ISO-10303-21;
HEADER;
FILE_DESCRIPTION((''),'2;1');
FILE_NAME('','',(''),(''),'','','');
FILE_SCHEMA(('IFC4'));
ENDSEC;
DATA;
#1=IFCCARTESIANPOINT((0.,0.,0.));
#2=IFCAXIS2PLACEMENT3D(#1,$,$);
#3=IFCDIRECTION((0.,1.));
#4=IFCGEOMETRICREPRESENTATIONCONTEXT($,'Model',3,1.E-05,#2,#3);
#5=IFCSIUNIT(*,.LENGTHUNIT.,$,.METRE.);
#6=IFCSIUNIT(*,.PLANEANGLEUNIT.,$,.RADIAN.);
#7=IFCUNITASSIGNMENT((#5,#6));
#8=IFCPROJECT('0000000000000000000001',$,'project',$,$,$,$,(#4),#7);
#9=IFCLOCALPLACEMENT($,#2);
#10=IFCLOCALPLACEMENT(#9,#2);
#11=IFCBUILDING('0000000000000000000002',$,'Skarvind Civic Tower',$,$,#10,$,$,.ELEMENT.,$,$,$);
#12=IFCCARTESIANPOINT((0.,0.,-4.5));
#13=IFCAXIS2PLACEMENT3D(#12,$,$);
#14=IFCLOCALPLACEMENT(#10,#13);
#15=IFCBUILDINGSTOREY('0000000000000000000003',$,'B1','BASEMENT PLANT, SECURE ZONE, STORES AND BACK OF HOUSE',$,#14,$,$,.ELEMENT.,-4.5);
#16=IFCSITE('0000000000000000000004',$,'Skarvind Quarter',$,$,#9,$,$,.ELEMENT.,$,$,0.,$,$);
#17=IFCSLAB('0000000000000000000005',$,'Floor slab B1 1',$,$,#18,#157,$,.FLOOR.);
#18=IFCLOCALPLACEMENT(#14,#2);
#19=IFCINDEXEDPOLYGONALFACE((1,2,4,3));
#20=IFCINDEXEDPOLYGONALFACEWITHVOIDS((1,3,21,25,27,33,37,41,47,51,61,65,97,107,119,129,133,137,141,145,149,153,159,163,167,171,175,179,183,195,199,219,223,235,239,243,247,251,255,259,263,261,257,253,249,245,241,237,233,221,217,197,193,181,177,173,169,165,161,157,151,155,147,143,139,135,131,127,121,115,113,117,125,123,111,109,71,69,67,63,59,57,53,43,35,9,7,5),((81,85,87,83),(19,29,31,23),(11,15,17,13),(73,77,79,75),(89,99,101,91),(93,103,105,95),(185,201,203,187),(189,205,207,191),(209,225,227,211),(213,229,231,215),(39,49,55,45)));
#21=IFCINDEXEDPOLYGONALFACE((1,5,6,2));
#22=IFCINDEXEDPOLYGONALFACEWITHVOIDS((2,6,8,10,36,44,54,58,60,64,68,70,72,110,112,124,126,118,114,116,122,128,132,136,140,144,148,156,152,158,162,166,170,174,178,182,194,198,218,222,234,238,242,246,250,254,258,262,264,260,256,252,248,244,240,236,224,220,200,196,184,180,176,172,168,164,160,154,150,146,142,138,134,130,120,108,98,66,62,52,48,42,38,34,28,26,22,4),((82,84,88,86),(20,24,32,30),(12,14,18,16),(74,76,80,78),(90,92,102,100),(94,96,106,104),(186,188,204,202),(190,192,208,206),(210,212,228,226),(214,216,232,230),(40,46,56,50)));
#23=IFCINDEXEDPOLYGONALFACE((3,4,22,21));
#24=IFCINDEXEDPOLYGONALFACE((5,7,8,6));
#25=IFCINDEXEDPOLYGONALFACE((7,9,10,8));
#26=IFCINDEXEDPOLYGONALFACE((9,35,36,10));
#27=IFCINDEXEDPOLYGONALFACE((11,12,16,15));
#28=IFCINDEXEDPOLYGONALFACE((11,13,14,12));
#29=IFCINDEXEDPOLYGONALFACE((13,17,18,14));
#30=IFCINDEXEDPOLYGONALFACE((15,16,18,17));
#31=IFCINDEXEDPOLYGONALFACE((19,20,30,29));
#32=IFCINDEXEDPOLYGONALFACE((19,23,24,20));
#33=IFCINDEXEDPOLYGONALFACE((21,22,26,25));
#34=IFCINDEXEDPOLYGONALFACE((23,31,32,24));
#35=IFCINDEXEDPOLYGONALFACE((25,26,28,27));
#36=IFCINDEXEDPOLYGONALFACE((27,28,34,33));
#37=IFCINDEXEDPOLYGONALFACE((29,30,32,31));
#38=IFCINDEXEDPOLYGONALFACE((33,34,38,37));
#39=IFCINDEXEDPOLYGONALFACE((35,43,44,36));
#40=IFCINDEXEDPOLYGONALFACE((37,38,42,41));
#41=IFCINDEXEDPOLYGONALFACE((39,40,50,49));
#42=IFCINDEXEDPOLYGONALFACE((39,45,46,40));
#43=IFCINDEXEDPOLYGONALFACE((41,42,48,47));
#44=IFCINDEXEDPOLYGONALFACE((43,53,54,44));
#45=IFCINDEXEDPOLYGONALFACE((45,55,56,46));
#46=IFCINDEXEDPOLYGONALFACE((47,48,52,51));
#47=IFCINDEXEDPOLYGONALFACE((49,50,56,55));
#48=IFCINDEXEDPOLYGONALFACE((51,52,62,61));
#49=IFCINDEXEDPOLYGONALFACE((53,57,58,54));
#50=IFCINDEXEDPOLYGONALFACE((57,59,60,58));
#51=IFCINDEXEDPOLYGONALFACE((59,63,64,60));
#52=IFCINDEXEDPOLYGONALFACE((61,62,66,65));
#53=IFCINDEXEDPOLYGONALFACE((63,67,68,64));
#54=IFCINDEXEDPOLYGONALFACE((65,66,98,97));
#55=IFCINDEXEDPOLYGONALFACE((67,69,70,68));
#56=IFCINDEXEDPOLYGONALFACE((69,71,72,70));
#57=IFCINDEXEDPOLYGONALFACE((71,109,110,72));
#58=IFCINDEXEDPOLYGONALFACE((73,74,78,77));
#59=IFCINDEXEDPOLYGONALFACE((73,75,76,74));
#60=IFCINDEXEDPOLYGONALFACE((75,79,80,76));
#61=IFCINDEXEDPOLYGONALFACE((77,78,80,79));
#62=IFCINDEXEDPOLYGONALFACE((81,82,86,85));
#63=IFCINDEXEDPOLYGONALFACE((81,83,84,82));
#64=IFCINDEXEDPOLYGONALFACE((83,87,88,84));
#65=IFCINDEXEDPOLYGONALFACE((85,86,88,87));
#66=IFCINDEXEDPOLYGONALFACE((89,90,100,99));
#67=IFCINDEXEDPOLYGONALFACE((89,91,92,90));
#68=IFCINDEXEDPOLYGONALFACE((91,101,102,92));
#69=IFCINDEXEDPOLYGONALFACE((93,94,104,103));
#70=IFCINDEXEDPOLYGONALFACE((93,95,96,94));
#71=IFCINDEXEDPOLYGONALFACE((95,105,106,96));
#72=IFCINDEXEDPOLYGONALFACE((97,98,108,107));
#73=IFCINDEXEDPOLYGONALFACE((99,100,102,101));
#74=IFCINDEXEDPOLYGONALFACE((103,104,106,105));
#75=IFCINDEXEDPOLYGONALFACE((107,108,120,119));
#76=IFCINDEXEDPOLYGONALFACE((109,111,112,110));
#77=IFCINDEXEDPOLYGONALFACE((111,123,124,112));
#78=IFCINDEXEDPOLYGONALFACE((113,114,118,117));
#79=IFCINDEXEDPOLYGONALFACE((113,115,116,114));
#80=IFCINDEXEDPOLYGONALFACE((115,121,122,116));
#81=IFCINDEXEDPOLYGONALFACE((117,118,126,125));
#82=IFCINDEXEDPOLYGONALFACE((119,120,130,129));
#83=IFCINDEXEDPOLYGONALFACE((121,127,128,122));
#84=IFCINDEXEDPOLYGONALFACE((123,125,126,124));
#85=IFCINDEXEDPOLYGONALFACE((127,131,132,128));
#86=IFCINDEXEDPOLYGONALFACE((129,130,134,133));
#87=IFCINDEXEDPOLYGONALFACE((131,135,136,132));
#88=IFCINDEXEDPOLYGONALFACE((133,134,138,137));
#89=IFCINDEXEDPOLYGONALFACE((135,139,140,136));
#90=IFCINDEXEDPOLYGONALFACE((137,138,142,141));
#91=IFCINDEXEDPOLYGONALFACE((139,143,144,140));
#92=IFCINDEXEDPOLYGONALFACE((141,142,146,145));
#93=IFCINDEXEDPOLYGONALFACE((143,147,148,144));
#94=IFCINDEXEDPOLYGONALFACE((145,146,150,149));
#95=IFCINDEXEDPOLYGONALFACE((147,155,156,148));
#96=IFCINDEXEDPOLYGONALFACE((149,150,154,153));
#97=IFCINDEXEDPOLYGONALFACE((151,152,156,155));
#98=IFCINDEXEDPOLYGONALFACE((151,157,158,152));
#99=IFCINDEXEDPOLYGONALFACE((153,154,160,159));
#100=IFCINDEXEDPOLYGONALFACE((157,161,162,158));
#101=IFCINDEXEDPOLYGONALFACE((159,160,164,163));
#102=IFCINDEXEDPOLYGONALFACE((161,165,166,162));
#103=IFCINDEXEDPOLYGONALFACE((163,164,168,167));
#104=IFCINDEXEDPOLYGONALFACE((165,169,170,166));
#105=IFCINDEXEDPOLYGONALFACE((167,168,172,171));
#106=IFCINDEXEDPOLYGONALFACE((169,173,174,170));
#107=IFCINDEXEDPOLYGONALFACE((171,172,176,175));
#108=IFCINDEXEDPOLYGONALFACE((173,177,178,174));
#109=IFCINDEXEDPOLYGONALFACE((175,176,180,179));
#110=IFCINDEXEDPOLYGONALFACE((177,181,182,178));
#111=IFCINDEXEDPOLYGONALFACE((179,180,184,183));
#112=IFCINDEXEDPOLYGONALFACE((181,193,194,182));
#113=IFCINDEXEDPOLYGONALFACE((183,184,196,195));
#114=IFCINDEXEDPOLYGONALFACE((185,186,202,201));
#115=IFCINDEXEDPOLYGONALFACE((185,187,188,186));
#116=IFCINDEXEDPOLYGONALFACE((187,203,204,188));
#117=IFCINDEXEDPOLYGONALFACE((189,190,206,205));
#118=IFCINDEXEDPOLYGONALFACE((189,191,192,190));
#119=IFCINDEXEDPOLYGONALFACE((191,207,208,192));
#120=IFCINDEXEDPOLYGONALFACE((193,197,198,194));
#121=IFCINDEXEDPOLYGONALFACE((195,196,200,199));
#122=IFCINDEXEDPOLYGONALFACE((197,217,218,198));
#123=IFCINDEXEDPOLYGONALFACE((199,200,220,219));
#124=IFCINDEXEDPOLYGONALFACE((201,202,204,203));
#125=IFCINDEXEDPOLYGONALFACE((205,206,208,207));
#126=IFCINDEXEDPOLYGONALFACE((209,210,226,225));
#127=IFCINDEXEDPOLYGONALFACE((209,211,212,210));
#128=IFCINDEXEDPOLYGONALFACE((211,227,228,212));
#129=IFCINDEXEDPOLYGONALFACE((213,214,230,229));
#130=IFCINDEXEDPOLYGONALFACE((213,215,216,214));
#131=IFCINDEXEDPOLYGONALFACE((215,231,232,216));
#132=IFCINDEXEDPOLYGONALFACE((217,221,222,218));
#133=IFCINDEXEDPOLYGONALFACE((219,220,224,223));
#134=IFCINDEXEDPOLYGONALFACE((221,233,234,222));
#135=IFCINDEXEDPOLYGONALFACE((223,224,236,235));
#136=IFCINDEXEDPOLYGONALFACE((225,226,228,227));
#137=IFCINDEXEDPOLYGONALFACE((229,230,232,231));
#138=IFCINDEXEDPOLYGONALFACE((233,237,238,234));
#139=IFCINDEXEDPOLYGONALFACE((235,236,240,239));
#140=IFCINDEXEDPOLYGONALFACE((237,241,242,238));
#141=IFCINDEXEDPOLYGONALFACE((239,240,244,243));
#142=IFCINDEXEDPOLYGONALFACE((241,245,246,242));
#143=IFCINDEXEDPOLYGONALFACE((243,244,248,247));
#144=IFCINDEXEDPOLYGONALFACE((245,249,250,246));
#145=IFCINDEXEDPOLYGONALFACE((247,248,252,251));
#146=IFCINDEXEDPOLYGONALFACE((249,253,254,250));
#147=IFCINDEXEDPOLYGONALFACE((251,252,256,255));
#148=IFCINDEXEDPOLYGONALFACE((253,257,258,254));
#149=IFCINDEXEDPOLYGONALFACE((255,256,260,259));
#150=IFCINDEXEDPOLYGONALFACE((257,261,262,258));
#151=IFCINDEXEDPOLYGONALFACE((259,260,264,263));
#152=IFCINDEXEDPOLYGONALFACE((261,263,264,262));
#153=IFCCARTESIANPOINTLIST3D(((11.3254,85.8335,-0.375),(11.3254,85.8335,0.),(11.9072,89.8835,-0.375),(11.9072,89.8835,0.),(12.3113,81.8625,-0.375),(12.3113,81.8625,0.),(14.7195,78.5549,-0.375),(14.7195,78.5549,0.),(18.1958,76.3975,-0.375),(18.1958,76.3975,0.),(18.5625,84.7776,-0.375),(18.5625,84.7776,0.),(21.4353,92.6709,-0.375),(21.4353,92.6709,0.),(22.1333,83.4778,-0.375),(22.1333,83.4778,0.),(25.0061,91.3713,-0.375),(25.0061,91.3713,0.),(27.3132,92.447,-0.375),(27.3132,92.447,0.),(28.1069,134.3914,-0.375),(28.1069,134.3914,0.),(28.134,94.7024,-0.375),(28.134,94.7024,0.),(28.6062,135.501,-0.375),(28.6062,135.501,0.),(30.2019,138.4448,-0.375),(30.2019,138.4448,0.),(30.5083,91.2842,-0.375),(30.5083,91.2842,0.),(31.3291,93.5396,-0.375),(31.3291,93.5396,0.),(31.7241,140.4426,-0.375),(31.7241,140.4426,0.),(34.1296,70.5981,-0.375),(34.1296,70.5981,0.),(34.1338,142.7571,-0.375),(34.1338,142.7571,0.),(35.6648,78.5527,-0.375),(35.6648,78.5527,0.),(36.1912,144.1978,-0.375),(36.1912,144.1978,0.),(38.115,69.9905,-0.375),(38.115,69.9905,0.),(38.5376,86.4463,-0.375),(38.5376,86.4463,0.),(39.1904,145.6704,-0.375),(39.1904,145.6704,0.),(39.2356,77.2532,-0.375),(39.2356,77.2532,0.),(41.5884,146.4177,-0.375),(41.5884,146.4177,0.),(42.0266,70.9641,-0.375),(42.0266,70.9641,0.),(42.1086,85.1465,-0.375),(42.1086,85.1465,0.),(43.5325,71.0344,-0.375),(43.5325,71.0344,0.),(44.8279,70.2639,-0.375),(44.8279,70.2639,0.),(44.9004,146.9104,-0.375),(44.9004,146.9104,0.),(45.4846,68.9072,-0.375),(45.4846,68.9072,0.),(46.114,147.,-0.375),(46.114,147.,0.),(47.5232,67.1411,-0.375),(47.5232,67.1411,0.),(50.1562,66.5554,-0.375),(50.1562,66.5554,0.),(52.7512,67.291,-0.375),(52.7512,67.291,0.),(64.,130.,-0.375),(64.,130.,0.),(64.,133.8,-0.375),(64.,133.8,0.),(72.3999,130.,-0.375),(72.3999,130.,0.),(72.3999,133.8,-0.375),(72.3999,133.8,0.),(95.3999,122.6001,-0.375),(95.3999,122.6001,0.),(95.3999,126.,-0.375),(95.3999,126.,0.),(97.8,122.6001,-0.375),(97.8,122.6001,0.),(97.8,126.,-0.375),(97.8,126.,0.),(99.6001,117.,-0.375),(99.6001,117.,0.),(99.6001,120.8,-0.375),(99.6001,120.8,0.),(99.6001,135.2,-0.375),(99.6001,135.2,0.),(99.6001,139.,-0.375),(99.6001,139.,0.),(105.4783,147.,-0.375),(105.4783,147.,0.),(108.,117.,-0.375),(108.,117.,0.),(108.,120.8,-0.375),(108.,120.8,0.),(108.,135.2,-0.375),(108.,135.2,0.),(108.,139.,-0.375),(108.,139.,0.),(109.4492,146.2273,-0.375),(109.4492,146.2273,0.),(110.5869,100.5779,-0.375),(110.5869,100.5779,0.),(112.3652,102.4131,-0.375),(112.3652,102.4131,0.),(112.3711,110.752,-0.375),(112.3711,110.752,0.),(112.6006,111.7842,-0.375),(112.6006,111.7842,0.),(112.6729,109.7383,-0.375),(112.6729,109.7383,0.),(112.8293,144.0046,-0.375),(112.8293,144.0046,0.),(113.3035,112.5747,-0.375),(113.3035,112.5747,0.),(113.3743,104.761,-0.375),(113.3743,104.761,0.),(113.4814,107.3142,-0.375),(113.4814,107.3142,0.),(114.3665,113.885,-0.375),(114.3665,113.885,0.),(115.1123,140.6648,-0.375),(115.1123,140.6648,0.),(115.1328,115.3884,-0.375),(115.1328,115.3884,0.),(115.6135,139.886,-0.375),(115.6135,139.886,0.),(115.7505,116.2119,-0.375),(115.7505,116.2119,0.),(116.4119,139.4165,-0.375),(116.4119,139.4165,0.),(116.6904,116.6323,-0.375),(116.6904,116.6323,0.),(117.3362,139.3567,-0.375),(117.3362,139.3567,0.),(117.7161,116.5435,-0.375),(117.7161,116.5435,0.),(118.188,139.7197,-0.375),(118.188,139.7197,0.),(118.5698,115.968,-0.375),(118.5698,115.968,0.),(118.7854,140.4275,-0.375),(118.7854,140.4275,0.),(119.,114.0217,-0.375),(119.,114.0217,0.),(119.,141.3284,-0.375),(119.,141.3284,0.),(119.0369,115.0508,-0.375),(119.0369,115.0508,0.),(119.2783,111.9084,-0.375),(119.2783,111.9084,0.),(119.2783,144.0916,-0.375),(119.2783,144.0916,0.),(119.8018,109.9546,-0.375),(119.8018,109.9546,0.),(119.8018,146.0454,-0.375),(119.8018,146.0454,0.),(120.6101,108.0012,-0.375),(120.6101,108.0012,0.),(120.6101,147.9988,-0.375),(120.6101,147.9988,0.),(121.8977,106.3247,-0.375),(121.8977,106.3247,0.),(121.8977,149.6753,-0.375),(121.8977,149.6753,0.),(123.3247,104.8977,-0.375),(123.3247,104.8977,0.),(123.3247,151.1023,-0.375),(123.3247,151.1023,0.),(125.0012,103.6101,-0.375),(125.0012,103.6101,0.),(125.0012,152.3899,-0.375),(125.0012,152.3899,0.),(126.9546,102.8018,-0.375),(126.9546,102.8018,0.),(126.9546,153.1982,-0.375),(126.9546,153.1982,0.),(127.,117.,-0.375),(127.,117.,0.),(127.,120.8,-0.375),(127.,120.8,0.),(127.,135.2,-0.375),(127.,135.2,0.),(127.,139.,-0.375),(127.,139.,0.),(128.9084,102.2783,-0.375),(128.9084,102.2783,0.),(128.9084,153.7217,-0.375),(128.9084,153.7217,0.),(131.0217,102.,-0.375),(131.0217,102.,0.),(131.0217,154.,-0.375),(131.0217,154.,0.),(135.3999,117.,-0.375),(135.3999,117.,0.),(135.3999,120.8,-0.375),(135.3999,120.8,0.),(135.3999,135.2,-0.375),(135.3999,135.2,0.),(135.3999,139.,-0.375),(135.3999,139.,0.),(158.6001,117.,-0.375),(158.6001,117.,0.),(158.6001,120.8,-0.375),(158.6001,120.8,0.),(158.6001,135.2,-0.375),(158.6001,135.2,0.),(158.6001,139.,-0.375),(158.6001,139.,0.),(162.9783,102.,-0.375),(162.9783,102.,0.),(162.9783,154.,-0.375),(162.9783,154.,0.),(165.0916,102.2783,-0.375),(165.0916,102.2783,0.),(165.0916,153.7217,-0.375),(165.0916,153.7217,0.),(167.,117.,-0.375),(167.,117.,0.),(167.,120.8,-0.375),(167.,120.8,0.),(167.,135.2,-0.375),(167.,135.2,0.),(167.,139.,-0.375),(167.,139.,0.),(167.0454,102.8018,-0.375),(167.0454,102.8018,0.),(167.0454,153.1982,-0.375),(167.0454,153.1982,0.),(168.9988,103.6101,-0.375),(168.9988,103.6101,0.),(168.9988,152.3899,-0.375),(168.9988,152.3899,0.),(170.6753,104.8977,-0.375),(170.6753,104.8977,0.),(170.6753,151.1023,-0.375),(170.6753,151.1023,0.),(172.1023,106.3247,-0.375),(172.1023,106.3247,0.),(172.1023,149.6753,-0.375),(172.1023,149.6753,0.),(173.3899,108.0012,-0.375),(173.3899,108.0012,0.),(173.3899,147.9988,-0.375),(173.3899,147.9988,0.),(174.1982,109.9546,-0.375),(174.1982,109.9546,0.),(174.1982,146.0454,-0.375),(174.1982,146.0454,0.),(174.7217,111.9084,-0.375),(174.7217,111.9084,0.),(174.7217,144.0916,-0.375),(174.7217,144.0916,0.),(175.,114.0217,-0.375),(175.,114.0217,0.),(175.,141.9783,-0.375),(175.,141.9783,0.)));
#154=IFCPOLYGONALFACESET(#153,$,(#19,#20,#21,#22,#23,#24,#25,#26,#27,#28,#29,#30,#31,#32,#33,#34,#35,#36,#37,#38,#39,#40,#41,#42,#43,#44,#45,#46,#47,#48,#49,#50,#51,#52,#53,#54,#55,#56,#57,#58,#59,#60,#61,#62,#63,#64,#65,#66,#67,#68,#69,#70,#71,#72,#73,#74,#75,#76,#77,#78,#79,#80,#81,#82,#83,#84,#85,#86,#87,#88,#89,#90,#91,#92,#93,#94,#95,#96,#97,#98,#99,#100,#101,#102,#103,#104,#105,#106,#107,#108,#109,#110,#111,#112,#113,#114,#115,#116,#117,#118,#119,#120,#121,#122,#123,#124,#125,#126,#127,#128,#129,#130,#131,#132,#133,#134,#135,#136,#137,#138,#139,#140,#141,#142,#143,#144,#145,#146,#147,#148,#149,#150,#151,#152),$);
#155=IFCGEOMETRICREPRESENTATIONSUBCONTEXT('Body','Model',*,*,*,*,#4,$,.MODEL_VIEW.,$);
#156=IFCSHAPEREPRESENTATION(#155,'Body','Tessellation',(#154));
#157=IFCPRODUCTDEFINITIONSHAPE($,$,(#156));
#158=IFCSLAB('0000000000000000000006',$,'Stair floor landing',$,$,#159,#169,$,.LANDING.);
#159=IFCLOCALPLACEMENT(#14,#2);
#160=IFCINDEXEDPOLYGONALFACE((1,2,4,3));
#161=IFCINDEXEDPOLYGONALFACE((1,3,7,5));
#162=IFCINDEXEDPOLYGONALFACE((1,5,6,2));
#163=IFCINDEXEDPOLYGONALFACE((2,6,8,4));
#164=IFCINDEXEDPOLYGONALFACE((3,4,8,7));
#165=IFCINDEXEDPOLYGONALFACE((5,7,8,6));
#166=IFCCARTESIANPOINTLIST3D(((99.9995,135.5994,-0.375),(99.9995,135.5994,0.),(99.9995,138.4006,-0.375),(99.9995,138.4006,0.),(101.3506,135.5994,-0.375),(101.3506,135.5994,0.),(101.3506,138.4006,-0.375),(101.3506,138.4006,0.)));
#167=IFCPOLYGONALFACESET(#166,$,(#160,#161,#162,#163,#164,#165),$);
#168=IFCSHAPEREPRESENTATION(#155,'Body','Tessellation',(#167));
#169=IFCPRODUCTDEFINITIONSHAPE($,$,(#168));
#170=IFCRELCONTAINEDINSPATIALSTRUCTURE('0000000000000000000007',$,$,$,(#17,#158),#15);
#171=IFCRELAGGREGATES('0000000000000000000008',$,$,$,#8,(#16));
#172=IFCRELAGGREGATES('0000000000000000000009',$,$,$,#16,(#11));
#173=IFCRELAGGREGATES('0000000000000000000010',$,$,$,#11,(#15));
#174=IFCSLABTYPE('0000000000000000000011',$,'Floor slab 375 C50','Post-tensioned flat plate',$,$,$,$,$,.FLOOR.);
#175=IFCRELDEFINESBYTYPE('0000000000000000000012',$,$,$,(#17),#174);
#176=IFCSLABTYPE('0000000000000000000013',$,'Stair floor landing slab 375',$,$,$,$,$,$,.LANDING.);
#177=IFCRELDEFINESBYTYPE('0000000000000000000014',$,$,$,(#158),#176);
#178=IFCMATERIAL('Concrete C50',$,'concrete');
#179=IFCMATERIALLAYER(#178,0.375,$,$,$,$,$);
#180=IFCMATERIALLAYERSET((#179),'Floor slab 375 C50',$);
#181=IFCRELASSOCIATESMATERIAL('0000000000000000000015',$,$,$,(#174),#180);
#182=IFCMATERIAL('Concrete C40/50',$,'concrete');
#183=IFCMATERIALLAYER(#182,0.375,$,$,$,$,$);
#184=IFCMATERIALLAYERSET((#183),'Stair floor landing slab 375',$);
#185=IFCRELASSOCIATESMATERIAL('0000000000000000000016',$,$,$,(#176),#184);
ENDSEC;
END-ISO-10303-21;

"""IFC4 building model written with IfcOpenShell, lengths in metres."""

from ifc_helpers import new_model, si_unit, direction, frame, origin, place, context, subcontext, project, spatial, polyline, outline, extrude, material, layer, layer_set, type_object, element, save


model = new_model("IFC4")

# Units and contexts
model_context = context("Model", 3, precision=1e-05, world=origin(), true_north=direction((0.0, 1.0)))
body_context = subcontext(model_context, "Body", "Model", "MODEL_VIEW")
ifc_project = project(units=[si_unit("LENGTHUNIT", "METRE"), si_unit("PLANEANGLEUNIT", "RADIAN")], contexts=[model_context])

# Site, building, storey
site_placement = place(None, origin())
site = spatial("IfcSite", under=ifc_project, at=site_placement, Name="Skarvind Quarter", CompositionType="ELEMENT", RefElevation=0.0)
building_placement = place(site_placement, origin())
building = spatial("IfcBuilding", under=site, at=building_placement, Name="Skarvind Civic Tower", CompositionType="ELEMENT")
storey_placement = place(building_placement, frame((0.0, 0.0, -4.5)))
storey = spatial("IfcBuildingStorey", under=building, at=storey_placement, Name="B1", Description="BASEMENT PLANT, SECURE ZONE, STORES AND BACK OF HOUSE", CompositionType="ELEMENT", Elevation=-4.5)

# Slabs
ifc_material_1 = material(Name="Concrete C50", Category="concrete")
ifc_layer_1 = layer(ifc_material_1, 0.375)
ifc_layer_set_1 = layer_set([ifc_layer_1], Name="Floor slab 375 C50")
slab_type_1 = type_object("IfcSlabType", Name="Floor slab 375 C50", Description="Post-tensioned flat plate", PredefinedType="FLOOR", material=ifc_layer_set_1)
slab_1_placement = place(storey_placement, frame((0.0, 0.0, -0.375)))
element("IfcSlab", 1, at=slab_1_placement, inside=storey, type_object=slab_type_1, Name="Floor slab B1 1", PredefinedType="FLOOR", context=body_context, shape_type="SweptSolid", body=[
    extrude(outline(polyline([(52.7512, 67.291), (110.5869, 100.5779), (112.3652, 102.4131), (113.3743, 104.761), (113.4814, 107.3142), (112.6729, 109.7383), (112.3711, 110.752), (112.6006, 111.7842), (113.3035, 112.5747), (114.3665, 113.885), (115.1328, 115.3884), (115.7505, 116.2119), (116.6904, 116.6323), (117.7161, 116.5435), (118.5698, 115.968), (119.0369, 115.0508), (119.0, 114.0217), (119.2783, 111.9084), (119.8018, 109.9546), (120.6101, 108.0012), (121.8977, 106.3247), (123.3247, 104.8977), (125.0012, 103.6101), (126.9546, 102.8018), (128.9084, 102.2783), (131.0217, 102.0), (162.9783, 102.0), (165.0916, 102.2783), (167.0454, 102.8018), (168.9988, 103.6101), (170.6753, 104.8977), (172.1023, 106.3247), (173.3899, 108.0012), (174.1982, 109.9546), (174.7217, 111.9084), (175.0, 114.0217), (175.0, 141.9783), (174.7217, 144.0916), (174.1982, 146.0454), (173.3899, 147.9988), (172.1023, 149.6753), (170.6753, 151.1023), (168.9988, 152.3899), (167.0454, 153.1982), (165.0916, 153.7217), (162.9783, 154.0), (131.0217, 154.0), (128.9084, 153.7217), (126.9546, 153.1982), (125.0012, 152.3899), (123.3247, 151.1023), (121.8977, 149.6753), (120.6101, 147.9988), (119.8018, 146.0454), (119.2783, 144.0916), (119.0, 141.3284), (118.7854, 140.4275), (118.188, 139.7197), (117.3362, 139.3567), (116.4119, 139.4165), (115.6135, 139.886), (115.1123, 140.6648), (112.8293, 144.0046), (109.4492, 146.2273), (105.4783, 147.0), (46.114, 147.0), (44.9004, 146.9104), (41.5884, 146.4177), (39.1904, 145.6704), (36.1912, 144.1978), (34.1338, 142.7571), (31.7241, 140.4426), (30.2019, 138.4448), (28.6062, 135.501), (28.1069, 134.3914), (11.9072, 89.8835), (11.3254, 85.8335), (12.3113, 81.8625), (14.7195, 78.5549), (18.1958, 76.3975), (34.1296, 70.5981), (38.115, 69.9905), (42.0266, 70.9641), (43.5325, 71.0344), (44.8279, 70.2639), (45.4846, 68.9072), (47.5232, 67.1411), (50.1562, 66.5554), (52.7512, 67.291)]), holes=[polyline([(42.1086, 85.1465), (39.2356, 77.2532), (35.6648, 78.5527), (38.5376, 86.4463), (42.1086, 85.1465)]), polyline([(25.0061, 91.3713), (22.1333, 83.4778), (18.5625, 84.7776), (21.4353, 92.6709), (25.0061, 91.3713)]), polyline([(31.3291, 93.5396), (30.5083, 91.2842), (27.3132, 92.447), (28.134, 94.7024), (31.3291, 93.5396)]), polyline([(97.8, 126.0), (97.8, 122.6001), (95.3999, 122.6001), (95.3999, 126.0), (97.8, 126.0)]), polyline([(64.0, 130.0), (64.0, 133.8), (72.3999, 133.8), (72.3999, 130.0), (64.0, 130.0)]), polyline([(99.6001, 139.0), (108.0, 139.0), (108.0, 135.2), (99.6001, 135.2), (99.6001, 139.0)]), polyline([(108.0, 120.8), (108.0, 117.0), (99.6001, 117.0), (99.6001, 120.8), (108.0, 120.8)]), polyline([(127.0, 117.0), (127.0, 120.8), (135.3999, 120.8), (135.3999, 117.0), (127.0, 117.0)]), polyline([(158.6001, 120.8), (167.0, 120.8), (167.0, 117.0), (158.6001, 117.0), (158.6001, 120.8)]), polyline([(127.0, 135.2), (127.0, 139.0), (135.3999, 139.0), (135.3999, 135.2), (127.0, 135.2)]), polyline([(167.0, 139.0), (167.0, 135.2), (158.6001, 135.2), (158.6001, 139.0), (167.0, 139.0)])]), origin(), (0.0, 0.0, 1.0), 0.375),
])
ifc_material_2 = material(Name="Concrete C40/50", Category="concrete")
ifc_layer_2 = layer(ifc_material_2, 0.375)
ifc_layer_set_2 = layer_set([ifc_layer_2], Name="Stair floor landing slab 375")
slab_type_2 = type_object("IfcSlabType", Name="Stair floor landing slab 375", PredefinedType="LANDING", material=ifc_layer_set_2)
slab_2_placement = place(storey_placement, frame((0.0, 0.0, -0.375)))
element("IfcSlab", 2, at=slab_2_placement, inside=storey, type_object=slab_type_2, Name="Stair floor landing", PredefinedType="LANDING", context=body_context, shape_type="SweptSolid", body=[
    extrude(outline(polyline([(101.3506, 138.4006), (101.3506, 135.5994), (99.9995, 135.5994), (99.9995, 138.4006), (101.3506, 138.4006)])), origin(), (0.0, 0.0, 1.0), 0.375),
])

save(model, "model.ifc")
